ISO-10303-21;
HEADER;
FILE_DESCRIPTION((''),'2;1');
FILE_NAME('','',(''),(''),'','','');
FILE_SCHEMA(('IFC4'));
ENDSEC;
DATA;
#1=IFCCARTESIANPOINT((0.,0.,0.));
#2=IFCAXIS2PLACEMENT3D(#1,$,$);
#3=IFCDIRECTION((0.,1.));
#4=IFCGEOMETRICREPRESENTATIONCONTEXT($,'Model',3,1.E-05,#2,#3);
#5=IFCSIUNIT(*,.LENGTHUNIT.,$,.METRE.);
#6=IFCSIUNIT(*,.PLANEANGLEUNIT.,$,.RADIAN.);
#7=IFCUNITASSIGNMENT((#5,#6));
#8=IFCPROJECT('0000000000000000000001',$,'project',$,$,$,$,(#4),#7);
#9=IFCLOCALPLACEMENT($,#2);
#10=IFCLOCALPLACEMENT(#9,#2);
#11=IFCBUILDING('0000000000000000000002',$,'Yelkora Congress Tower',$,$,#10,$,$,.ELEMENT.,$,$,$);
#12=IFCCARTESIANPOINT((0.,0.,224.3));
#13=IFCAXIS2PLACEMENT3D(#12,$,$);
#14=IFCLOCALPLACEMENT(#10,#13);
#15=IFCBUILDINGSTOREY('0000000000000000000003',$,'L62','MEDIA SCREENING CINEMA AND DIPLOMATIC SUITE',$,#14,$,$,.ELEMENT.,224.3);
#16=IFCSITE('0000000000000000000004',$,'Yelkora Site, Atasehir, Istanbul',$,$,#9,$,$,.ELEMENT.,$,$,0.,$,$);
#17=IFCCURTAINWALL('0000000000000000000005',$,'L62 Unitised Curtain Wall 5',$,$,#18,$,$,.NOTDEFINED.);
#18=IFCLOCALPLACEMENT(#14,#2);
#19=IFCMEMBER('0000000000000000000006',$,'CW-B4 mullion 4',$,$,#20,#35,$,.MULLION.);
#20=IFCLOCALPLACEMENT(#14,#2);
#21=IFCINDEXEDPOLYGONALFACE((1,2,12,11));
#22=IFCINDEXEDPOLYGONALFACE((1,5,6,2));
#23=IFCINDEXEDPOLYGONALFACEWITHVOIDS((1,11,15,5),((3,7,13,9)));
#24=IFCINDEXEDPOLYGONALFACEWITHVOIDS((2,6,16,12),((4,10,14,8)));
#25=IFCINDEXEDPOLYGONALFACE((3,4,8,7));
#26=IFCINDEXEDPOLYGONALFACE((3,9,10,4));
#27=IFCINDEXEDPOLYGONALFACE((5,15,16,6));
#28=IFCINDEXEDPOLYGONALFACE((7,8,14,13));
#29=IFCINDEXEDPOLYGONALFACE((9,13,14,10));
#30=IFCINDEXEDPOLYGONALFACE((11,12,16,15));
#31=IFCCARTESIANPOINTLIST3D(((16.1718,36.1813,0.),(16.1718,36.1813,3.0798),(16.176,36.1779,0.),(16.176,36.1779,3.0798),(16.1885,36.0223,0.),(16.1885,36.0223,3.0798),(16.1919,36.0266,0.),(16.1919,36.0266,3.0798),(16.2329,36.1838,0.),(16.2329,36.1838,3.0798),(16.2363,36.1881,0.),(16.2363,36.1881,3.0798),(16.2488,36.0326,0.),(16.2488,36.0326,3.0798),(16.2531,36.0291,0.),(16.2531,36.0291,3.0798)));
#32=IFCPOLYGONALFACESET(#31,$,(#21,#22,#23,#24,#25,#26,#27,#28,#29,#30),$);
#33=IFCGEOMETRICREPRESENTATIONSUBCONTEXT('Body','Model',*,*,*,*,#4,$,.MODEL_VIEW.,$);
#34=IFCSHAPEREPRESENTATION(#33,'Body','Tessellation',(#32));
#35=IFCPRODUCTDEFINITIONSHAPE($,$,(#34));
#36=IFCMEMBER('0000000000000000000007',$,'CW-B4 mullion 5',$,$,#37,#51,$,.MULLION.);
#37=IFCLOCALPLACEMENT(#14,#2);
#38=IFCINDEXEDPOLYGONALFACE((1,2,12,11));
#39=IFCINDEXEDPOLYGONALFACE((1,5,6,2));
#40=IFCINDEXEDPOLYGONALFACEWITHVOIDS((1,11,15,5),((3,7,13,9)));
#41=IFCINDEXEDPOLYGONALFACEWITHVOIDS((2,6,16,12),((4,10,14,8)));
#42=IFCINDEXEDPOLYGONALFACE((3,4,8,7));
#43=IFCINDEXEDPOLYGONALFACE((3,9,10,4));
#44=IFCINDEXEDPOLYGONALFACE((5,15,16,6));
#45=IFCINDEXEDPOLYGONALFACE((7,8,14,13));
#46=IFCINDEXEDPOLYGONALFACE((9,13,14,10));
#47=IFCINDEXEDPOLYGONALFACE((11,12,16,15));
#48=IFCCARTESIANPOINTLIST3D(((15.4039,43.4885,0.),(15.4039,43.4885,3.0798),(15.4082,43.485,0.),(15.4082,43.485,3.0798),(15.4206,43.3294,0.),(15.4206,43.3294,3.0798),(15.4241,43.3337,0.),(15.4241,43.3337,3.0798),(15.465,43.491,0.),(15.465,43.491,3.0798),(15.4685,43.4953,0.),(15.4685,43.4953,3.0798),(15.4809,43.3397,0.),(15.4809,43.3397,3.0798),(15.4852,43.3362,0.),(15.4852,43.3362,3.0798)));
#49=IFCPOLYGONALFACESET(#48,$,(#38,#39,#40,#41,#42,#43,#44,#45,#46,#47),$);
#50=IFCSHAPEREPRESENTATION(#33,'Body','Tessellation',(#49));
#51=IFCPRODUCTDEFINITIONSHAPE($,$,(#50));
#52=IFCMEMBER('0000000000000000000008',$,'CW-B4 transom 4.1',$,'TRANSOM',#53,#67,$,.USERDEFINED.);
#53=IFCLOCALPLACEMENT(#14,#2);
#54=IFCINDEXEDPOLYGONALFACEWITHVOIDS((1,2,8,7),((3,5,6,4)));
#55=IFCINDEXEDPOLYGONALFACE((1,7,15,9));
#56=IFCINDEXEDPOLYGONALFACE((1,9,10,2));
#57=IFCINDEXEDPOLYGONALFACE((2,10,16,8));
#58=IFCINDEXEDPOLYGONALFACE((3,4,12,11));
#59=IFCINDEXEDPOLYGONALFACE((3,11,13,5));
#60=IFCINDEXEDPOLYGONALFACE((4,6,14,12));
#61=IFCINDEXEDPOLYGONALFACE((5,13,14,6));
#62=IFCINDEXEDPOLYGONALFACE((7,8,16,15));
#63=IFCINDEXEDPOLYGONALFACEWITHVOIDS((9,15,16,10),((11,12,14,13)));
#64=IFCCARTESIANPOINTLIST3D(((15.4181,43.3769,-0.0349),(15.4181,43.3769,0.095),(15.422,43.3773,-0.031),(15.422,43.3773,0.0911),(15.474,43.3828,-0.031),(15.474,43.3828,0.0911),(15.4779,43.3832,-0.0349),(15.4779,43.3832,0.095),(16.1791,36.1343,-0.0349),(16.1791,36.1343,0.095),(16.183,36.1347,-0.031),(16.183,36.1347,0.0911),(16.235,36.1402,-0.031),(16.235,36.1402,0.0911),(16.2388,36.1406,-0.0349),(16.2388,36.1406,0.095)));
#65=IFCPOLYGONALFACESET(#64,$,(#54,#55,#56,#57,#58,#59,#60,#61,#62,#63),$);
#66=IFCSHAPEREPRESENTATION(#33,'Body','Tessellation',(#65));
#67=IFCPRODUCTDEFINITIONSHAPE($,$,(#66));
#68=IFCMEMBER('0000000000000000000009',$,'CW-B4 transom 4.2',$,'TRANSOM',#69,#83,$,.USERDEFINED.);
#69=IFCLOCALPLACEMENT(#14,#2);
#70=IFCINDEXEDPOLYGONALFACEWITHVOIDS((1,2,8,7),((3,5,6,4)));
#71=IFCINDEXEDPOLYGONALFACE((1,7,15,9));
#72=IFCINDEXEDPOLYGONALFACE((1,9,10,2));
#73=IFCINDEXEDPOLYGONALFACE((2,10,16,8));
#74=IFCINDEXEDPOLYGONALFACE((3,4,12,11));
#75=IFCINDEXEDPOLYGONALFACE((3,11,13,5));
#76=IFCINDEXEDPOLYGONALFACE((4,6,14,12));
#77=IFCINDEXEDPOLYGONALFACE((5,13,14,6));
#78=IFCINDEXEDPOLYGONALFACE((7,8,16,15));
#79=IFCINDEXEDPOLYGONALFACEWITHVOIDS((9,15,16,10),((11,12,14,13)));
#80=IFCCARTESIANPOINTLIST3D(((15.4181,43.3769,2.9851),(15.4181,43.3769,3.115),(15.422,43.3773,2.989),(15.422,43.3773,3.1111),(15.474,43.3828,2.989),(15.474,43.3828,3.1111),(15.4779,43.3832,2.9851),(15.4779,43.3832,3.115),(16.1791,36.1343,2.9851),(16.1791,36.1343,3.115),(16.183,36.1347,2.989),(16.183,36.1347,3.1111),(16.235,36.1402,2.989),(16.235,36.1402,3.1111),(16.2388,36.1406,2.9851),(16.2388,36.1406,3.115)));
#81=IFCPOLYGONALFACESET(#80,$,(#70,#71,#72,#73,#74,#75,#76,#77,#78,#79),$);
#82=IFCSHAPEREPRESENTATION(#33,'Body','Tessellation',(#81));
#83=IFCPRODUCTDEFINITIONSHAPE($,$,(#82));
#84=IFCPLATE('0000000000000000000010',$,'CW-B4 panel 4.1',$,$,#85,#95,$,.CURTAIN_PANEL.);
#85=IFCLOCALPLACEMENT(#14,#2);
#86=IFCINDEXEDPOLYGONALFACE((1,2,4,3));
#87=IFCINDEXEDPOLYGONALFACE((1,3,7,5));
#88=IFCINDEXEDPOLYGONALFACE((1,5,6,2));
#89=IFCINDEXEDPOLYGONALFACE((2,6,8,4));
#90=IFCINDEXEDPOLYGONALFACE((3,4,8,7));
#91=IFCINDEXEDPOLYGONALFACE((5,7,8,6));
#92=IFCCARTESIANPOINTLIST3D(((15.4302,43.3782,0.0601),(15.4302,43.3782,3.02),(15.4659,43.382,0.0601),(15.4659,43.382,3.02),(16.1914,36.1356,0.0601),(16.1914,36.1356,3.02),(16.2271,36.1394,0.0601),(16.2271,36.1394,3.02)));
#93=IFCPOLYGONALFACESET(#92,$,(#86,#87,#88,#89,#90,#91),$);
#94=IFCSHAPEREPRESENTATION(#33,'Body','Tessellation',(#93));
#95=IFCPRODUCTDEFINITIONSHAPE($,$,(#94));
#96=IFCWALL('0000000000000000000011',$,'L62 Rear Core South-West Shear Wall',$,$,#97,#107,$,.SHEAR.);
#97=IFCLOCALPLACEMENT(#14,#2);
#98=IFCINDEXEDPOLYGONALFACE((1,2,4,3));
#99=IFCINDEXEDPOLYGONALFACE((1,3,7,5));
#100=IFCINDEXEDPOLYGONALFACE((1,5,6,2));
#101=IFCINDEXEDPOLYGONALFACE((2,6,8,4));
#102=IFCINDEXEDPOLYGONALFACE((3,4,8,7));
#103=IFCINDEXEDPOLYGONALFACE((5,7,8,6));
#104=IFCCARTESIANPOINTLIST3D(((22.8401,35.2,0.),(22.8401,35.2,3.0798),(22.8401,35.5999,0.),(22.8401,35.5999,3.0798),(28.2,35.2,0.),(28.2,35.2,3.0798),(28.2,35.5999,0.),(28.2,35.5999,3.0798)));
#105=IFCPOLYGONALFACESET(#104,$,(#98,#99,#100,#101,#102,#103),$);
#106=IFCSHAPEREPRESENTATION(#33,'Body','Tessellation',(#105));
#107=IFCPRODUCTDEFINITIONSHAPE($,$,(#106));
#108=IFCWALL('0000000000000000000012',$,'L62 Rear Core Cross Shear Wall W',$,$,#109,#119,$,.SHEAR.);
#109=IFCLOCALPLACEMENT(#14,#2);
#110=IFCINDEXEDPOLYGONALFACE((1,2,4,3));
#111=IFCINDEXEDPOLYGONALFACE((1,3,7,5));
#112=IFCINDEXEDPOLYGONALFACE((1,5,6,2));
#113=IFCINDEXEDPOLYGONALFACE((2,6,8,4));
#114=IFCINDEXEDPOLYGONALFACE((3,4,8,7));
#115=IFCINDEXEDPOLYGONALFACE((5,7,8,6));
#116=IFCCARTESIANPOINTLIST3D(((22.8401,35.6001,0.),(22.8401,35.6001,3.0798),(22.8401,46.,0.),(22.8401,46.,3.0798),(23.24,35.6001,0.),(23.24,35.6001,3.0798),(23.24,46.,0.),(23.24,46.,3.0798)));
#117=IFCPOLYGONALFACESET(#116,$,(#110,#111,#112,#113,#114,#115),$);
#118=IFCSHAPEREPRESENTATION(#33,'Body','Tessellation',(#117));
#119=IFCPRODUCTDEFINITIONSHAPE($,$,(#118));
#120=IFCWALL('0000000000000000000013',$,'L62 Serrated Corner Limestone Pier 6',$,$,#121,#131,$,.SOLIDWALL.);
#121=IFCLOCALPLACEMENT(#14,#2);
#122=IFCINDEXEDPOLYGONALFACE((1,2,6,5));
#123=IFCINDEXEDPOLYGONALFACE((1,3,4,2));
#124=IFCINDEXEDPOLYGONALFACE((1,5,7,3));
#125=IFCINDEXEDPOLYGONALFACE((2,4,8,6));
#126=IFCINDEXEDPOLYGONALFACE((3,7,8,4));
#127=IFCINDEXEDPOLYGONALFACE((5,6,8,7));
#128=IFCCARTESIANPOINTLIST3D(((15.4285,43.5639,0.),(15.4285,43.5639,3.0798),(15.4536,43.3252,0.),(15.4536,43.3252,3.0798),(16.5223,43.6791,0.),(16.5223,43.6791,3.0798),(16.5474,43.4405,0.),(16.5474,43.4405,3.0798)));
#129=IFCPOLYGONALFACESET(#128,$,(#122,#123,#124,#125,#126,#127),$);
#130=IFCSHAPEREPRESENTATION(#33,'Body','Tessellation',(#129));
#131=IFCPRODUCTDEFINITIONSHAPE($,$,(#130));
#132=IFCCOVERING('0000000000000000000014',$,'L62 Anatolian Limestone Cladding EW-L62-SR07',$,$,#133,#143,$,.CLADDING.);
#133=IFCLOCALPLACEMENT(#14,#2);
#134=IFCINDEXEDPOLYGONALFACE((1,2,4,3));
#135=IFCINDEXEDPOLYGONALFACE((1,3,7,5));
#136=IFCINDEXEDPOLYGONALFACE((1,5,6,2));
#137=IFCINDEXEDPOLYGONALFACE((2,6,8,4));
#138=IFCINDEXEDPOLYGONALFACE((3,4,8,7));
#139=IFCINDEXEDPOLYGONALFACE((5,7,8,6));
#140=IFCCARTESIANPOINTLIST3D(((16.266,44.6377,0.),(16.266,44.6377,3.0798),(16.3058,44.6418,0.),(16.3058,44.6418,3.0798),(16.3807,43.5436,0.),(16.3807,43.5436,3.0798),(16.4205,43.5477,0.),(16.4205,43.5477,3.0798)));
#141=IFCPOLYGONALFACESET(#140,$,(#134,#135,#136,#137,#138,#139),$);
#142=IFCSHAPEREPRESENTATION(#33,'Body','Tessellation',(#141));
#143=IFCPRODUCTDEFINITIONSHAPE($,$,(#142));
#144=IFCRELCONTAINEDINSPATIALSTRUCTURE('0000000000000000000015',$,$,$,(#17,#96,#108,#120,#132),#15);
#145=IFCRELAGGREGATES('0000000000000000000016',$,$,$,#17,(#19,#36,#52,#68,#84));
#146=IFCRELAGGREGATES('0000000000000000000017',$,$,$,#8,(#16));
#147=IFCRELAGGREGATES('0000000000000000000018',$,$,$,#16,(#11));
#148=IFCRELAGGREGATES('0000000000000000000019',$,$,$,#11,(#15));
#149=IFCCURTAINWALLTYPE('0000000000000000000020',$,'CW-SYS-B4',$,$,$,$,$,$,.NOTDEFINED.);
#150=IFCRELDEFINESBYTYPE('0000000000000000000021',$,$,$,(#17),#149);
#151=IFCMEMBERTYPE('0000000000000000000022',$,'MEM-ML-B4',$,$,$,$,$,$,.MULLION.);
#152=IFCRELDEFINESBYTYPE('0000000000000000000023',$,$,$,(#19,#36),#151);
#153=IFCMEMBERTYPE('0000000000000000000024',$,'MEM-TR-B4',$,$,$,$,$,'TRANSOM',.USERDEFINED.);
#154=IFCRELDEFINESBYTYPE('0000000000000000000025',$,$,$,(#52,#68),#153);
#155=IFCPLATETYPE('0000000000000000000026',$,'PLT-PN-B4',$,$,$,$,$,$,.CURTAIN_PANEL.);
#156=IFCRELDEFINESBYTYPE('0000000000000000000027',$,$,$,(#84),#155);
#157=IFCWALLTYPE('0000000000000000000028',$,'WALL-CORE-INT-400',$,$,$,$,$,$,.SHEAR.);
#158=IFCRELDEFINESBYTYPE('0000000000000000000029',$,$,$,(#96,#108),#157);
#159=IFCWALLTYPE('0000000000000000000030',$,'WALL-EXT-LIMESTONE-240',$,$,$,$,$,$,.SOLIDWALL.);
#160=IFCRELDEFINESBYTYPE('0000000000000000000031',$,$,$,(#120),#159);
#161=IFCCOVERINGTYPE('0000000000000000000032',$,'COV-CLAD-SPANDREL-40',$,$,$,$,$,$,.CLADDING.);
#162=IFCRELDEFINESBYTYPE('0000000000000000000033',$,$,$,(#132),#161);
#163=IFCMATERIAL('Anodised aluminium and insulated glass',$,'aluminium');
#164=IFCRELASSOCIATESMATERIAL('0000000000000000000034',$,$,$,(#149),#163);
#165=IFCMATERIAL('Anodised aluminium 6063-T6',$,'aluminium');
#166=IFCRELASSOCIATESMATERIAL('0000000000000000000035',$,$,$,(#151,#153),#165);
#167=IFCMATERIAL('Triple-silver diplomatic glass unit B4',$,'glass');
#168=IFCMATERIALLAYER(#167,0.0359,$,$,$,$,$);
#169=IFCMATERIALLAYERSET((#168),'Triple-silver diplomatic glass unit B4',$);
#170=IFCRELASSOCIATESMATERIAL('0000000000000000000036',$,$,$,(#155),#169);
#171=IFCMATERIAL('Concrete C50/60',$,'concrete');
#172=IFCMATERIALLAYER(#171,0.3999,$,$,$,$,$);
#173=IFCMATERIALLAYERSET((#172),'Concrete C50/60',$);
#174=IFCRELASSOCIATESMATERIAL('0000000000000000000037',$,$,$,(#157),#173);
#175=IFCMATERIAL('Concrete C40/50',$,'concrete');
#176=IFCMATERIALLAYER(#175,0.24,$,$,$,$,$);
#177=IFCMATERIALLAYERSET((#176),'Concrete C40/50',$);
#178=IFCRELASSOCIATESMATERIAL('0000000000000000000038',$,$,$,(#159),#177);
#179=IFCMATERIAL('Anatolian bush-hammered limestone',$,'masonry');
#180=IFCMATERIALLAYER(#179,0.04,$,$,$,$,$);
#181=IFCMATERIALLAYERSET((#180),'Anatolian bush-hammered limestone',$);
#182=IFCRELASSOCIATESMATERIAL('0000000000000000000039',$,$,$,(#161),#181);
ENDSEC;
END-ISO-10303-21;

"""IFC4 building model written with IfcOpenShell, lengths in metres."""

from ifc_helpers import new_model, si_unit, direction, frame, frame_2d, origin, origin_2d, place, context, subcontext, project, spatial, rectangle, hollow_rectangle, extrude, material, layer, layer_set, material_profile, profile_set, type_object, element, aggregate, save


model = new_model("IFC4")

# Units and contexts
model_context = context("Model", 3, precision=1e-05, world=origin(), true_north=direction((0.0, 1.0)))
body_context = subcontext(model_context, "Body", "Model", "MODEL_VIEW")
ifc_project = project(units=[si_unit("LENGTHUNIT", "METRE"), si_unit("PLANEANGLEUNIT", "RADIAN")], contexts=[model_context])

# Site, building, storey
site_placement = place(None, origin())
site = spatial("IfcSite", under=ifc_project, at=site_placement, Name="Yelkora Site, Atasehir, Istanbul", CompositionType="ELEMENT", RefElevation=0.0)
building_placement = place(site_placement, origin())
building = spatial("IfcBuilding", under=site, at=building_placement, Name="Yelkora Congress Tower", CompositionType="ELEMENT")
storey_placement = place(building_placement, frame((0.0, 0.0, 224.3)))
storey = spatial("IfcBuildingStorey", under=building, at=storey_placement, Name="L62", Description="MEDIA SCREENING CINEMA AND DIPLOMATIC SUITE", CompositionType="ELEMENT", Elevation=224.3)

# Curtain wall, members, plate
ifc_material_1 = material(Name="Anodised aluminium and insulated glass", Category="aluminium")
curtain_wall_type = type_object("IfcCurtainWallType", Name="CW-SYS-B4", PredefinedType="NOTDEFINED", material=ifc_material_1)
curtain_wall_placement = place(storey_placement, origin())
curtain_wall = element("IfcCurtainWall", 1, at=curtain_wall_placement, inside=storey, type_object=curtain_wall_type, Name="L62 Unitised Curtain Wall 5", PredefinedType="NOTDEFINED")
ifc_material_2 = material(Name="Anodised aluminium 6063-T6", Category="aluminium")
ifc_material_profile_1 = material_profile(ifc_material_2, hollow_rectangle(XDim=0.0649, YDim=0.1599, WallThickness=0.0039, at=origin_2d()), Name="ALU 65x160x4")
ifc_profile_set_1 = profile_set([ifc_material_profile_1], Name="Anodised aluminium 6063-T6")
member_type_1 = type_object("IfcMemberType", Name="MEM-ML-B4", PredefinedType="MULLION", material=ifc_profile_set_1)
member_1_placement = place(storey_placement, frame((16.2124, 36.1052, 0.0), z_axis=(0.0, 0.0, 1.0), x_axis=(-0.994522, -0.104526, 0.0)))
member_1 = element("IfcMember", 2, at=member_1_placement, type_object=member_type_1, Name="CW-B4 mullion 4", PredefinedType="MULLION", context=body_context, shape_type="SweptSolid", body=[
    extrude(hollow_rectangle(XDim=0.0649, YDim=0.1599, WallThickness=0.0039, at=origin_2d()), origin(), (0.0, 0.0, 1.0), 3.0798),
])
member_2_placement = place(storey_placement, frame((15.4446, 43.4124, 0.0), z_axis=(0.0, 0.0, 1.0), x_axis=(-0.994522, -0.104526, 0.0)))
member_2 = element("IfcMember", 3, at=member_2_placement, type_object=member_type_1, Name="CW-B4 mullion 5", PredefinedType="MULLION", context=body_context, shape_type="SweptSolid", body=[
    extrude(hollow_rectangle(XDim=0.0649, YDim=0.1599, WallThickness=0.0039, at=origin_2d()), origin(), (0.0, 0.0, 1.0), 3.0798),
])
ifc_material_profile_2 = material_profile(ifc_material_2, hollow_rectangle(XDim=0.0601, YDim=0.1299, WallThickness=0.0039, at=origin_2d()), Name="ALU 60x130x4")
ifc_profile_set_2 = profile_set([ifc_material_profile_2], Name="Anodised aluminium 6063-T6")
member_type_2 = type_object("IfcMemberType", Name="MEM-TR-B4", ElementType="TRANSOM", PredefinedType="USERDEFINED", material=ifc_profile_set_2)
member_3_placement = place(storey_placement, frame((16.209, 36.1375, 0.03), z_axis=(-0.104495, 0.994525, 0.0), x_axis=(-0.994525, -0.104495, 0.0)))
member_3 = element("IfcMember", 4, at=member_3_placement, type_object=member_type_2, Name="CW-B4 transom 4.1", ObjectType="TRANSOM", PredefinedType="USERDEFINED", context=body_context, shape_type="SweptSolid", body=[
    extrude(hollow_rectangle(XDim=0.0601, YDim=0.1299, WallThickness=0.0039, at=origin_2d()), origin(), (0.0, 0.0, 1.0), 7.2825),
])
member_4_placement = place(storey_placement, frame((16.209, 36.1375, 3.05), z_axis=(-0.104495, 0.994525, 0.0), x_axis=(-0.994525, -0.104495, 0.0)))
member_4 = element("IfcMember", 5, at=member_4_placement, type_object=member_type_2, Name="CW-B4 transom 4.2", ObjectType="TRANSOM", PredefinedType="USERDEFINED", context=body_context, shape_type="SweptSolid", body=[
    extrude(hollow_rectangle(XDim=0.0601, YDim=0.1299, WallThickness=0.0039, at=origin_2d()), origin(), (0.0, 0.0, 1.0), 7.2825),
])
ifc_material_3 = material(Name="Triple-silver diplomatic glass unit B4", Category="glass")
ifc_layer_1 = layer(ifc_material_3, 0.0359)
ifc_layer_set_1 = layer_set([ifc_layer_1], Name="Triple-silver diplomatic glass unit B4")
plate_type = type_object("IfcPlateType", Name="PLT-PN-B4", PredefinedType="CURTAIN_PANEL", material=ifc_layer_set_1)
plate_placement = place(storey_placement, frame((15.8286, 39.7588, 0.0601), z_axis=(0.0, 0.0, 1.0), x_axis=(-0.104526, 0.994522, 0.0)))
plate = element("IfcPlate", 6, at=plate_placement, type_object=plate_type, Name="CW-B4 panel 4.1", PredefinedType="CURTAIN_PANEL", context=body_context, shape_type="SweptSolid", body=[
    extrude(rectangle(XDim=7.2825, YDim=0.0359, at=origin_2d()), origin(), (0.0, 0.0, 1.0), 2.96),
])
aggregate(curtain_wall, [member_1, member_2, member_3, member_4, plate])

# Walls
ifc_material_4 = material(Name="Concrete C50/60", Category="concrete")
ifc_layer_2 = layer(ifc_material_4, 0.3999)
ifc_layer_set_2 = layer_set([ifc_layer_2], Name="Concrete C50/60")
wall_type_1 = type_object("IfcWallType", Name="WALL-CORE-INT-400", PredefinedType="SHEAR", material=ifc_layer_set_2)
wall_1_placement = place(storey_placement, frame((22.8401, 35.3999, 0.0), z_axis=(0.0, 0.0, 1.0), x_axis=(1.0, 0.0, 0.0)))
element("IfcWall", 7, at=wall_1_placement, inside=storey, type_object=wall_type_1, Name="L62 Rear Core South-West Shear Wall", PredefinedType="SHEAR", context=body_context, shape_type="SweptSolid", body=[
    extrude(rectangle(XDim=5.3599, YDim=0.3999, at=frame_2d((2.6799, 0.0))), origin(), (0.0, 0.0, 1.0), 3.0798),
])
wall_2_placement = place(storey_placement, frame((23.04, 35.6001, 0.0), z_axis=(0.0, 0.0, 1.0), x_axis=(0.0, 1.0, 0.0)))
element("IfcWall", 8, at=wall_2_placement, inside=storey, type_object=wall_type_1, Name="L62 Rear Core Cross Shear Wall W", PredefinedType="SHEAR", context=body_context, shape_type="SweptSolid", body=[
    extrude(rectangle(XDim=10.3999, YDim=0.3999, at=frame_2d((5.2, 0.0))), origin(), (0.0, 0.0, 1.0), 3.0798),
])
ifc_material_5 = material(Name="Concrete C40/50", Category="concrete")
ifc_layer_3 = layer(ifc_material_5, 0.24)
ifc_layer_set_3 = layer_set([ifc_layer_3], Name="Concrete C40/50")
wall_type_2 = type_object("IfcWallType", Name="WALL-EXT-LIMESTONE-240", PredefinedType="SOLIDWALL", material=ifc_layer_set_3)
wall_3_placement = place(storey_placement, frame((15.4412, 43.4446, 0.0), z_axis=(0.0, 0.0, 1.0), x_axis=(0.994496, 0.104777, 0.0)))
element("IfcWall", 9, at=wall_3_placement, inside=storey, type_object=wall_type_2, Name="L62 Serrated Corner Limestone Pier 6", PredefinedType="SOLIDWALL", context=body_context, shape_type="SweptSolid", body=[
    extrude(rectangle(XDim=1.0999, YDim=0.24, at=frame_2d((0.5498, 0.0))), origin(), (0.0, 0.0, 1.0), 3.0798),
])

# Covering
ifc_material_6 = material(Name="Anatolian bush-hammered limestone", Category="masonry")
ifc_layer_4 = layer(ifc_material_6, 0.04)
ifc_layer_set_4 = layer_set([ifc_layer_4], Name="Anatolian bush-hammered limestone")
covering_type = type_object("IfcCoveringType", Name="COV-CLAD-SPANDREL-40", PredefinedType="CLADDING", material=ifc_layer_set_4)
covering_placement = place(storey_placement, frame((16.4006, 43.5457, 0.0), z_axis=(0.0, 0.0, 1.0), x_axis=(-0.104315, 0.994544, 0.0)))
element("IfcCovering", 10, at=covering_placement, inside=storey, type_object=covering_type, Name="L62 Anatolian Limestone Cladding EW-L62-SR07", PredefinedType="CLADDING", context=body_context, shape_type="SweptSolid", body=[
    extrude(rectangle(XDim=1.1001, YDim=0.04, at=frame_2d((0.55, 0.0))), origin(), (0.0, 0.0, 1.0), 3.0798),
])

save(model, "model.ifc")
